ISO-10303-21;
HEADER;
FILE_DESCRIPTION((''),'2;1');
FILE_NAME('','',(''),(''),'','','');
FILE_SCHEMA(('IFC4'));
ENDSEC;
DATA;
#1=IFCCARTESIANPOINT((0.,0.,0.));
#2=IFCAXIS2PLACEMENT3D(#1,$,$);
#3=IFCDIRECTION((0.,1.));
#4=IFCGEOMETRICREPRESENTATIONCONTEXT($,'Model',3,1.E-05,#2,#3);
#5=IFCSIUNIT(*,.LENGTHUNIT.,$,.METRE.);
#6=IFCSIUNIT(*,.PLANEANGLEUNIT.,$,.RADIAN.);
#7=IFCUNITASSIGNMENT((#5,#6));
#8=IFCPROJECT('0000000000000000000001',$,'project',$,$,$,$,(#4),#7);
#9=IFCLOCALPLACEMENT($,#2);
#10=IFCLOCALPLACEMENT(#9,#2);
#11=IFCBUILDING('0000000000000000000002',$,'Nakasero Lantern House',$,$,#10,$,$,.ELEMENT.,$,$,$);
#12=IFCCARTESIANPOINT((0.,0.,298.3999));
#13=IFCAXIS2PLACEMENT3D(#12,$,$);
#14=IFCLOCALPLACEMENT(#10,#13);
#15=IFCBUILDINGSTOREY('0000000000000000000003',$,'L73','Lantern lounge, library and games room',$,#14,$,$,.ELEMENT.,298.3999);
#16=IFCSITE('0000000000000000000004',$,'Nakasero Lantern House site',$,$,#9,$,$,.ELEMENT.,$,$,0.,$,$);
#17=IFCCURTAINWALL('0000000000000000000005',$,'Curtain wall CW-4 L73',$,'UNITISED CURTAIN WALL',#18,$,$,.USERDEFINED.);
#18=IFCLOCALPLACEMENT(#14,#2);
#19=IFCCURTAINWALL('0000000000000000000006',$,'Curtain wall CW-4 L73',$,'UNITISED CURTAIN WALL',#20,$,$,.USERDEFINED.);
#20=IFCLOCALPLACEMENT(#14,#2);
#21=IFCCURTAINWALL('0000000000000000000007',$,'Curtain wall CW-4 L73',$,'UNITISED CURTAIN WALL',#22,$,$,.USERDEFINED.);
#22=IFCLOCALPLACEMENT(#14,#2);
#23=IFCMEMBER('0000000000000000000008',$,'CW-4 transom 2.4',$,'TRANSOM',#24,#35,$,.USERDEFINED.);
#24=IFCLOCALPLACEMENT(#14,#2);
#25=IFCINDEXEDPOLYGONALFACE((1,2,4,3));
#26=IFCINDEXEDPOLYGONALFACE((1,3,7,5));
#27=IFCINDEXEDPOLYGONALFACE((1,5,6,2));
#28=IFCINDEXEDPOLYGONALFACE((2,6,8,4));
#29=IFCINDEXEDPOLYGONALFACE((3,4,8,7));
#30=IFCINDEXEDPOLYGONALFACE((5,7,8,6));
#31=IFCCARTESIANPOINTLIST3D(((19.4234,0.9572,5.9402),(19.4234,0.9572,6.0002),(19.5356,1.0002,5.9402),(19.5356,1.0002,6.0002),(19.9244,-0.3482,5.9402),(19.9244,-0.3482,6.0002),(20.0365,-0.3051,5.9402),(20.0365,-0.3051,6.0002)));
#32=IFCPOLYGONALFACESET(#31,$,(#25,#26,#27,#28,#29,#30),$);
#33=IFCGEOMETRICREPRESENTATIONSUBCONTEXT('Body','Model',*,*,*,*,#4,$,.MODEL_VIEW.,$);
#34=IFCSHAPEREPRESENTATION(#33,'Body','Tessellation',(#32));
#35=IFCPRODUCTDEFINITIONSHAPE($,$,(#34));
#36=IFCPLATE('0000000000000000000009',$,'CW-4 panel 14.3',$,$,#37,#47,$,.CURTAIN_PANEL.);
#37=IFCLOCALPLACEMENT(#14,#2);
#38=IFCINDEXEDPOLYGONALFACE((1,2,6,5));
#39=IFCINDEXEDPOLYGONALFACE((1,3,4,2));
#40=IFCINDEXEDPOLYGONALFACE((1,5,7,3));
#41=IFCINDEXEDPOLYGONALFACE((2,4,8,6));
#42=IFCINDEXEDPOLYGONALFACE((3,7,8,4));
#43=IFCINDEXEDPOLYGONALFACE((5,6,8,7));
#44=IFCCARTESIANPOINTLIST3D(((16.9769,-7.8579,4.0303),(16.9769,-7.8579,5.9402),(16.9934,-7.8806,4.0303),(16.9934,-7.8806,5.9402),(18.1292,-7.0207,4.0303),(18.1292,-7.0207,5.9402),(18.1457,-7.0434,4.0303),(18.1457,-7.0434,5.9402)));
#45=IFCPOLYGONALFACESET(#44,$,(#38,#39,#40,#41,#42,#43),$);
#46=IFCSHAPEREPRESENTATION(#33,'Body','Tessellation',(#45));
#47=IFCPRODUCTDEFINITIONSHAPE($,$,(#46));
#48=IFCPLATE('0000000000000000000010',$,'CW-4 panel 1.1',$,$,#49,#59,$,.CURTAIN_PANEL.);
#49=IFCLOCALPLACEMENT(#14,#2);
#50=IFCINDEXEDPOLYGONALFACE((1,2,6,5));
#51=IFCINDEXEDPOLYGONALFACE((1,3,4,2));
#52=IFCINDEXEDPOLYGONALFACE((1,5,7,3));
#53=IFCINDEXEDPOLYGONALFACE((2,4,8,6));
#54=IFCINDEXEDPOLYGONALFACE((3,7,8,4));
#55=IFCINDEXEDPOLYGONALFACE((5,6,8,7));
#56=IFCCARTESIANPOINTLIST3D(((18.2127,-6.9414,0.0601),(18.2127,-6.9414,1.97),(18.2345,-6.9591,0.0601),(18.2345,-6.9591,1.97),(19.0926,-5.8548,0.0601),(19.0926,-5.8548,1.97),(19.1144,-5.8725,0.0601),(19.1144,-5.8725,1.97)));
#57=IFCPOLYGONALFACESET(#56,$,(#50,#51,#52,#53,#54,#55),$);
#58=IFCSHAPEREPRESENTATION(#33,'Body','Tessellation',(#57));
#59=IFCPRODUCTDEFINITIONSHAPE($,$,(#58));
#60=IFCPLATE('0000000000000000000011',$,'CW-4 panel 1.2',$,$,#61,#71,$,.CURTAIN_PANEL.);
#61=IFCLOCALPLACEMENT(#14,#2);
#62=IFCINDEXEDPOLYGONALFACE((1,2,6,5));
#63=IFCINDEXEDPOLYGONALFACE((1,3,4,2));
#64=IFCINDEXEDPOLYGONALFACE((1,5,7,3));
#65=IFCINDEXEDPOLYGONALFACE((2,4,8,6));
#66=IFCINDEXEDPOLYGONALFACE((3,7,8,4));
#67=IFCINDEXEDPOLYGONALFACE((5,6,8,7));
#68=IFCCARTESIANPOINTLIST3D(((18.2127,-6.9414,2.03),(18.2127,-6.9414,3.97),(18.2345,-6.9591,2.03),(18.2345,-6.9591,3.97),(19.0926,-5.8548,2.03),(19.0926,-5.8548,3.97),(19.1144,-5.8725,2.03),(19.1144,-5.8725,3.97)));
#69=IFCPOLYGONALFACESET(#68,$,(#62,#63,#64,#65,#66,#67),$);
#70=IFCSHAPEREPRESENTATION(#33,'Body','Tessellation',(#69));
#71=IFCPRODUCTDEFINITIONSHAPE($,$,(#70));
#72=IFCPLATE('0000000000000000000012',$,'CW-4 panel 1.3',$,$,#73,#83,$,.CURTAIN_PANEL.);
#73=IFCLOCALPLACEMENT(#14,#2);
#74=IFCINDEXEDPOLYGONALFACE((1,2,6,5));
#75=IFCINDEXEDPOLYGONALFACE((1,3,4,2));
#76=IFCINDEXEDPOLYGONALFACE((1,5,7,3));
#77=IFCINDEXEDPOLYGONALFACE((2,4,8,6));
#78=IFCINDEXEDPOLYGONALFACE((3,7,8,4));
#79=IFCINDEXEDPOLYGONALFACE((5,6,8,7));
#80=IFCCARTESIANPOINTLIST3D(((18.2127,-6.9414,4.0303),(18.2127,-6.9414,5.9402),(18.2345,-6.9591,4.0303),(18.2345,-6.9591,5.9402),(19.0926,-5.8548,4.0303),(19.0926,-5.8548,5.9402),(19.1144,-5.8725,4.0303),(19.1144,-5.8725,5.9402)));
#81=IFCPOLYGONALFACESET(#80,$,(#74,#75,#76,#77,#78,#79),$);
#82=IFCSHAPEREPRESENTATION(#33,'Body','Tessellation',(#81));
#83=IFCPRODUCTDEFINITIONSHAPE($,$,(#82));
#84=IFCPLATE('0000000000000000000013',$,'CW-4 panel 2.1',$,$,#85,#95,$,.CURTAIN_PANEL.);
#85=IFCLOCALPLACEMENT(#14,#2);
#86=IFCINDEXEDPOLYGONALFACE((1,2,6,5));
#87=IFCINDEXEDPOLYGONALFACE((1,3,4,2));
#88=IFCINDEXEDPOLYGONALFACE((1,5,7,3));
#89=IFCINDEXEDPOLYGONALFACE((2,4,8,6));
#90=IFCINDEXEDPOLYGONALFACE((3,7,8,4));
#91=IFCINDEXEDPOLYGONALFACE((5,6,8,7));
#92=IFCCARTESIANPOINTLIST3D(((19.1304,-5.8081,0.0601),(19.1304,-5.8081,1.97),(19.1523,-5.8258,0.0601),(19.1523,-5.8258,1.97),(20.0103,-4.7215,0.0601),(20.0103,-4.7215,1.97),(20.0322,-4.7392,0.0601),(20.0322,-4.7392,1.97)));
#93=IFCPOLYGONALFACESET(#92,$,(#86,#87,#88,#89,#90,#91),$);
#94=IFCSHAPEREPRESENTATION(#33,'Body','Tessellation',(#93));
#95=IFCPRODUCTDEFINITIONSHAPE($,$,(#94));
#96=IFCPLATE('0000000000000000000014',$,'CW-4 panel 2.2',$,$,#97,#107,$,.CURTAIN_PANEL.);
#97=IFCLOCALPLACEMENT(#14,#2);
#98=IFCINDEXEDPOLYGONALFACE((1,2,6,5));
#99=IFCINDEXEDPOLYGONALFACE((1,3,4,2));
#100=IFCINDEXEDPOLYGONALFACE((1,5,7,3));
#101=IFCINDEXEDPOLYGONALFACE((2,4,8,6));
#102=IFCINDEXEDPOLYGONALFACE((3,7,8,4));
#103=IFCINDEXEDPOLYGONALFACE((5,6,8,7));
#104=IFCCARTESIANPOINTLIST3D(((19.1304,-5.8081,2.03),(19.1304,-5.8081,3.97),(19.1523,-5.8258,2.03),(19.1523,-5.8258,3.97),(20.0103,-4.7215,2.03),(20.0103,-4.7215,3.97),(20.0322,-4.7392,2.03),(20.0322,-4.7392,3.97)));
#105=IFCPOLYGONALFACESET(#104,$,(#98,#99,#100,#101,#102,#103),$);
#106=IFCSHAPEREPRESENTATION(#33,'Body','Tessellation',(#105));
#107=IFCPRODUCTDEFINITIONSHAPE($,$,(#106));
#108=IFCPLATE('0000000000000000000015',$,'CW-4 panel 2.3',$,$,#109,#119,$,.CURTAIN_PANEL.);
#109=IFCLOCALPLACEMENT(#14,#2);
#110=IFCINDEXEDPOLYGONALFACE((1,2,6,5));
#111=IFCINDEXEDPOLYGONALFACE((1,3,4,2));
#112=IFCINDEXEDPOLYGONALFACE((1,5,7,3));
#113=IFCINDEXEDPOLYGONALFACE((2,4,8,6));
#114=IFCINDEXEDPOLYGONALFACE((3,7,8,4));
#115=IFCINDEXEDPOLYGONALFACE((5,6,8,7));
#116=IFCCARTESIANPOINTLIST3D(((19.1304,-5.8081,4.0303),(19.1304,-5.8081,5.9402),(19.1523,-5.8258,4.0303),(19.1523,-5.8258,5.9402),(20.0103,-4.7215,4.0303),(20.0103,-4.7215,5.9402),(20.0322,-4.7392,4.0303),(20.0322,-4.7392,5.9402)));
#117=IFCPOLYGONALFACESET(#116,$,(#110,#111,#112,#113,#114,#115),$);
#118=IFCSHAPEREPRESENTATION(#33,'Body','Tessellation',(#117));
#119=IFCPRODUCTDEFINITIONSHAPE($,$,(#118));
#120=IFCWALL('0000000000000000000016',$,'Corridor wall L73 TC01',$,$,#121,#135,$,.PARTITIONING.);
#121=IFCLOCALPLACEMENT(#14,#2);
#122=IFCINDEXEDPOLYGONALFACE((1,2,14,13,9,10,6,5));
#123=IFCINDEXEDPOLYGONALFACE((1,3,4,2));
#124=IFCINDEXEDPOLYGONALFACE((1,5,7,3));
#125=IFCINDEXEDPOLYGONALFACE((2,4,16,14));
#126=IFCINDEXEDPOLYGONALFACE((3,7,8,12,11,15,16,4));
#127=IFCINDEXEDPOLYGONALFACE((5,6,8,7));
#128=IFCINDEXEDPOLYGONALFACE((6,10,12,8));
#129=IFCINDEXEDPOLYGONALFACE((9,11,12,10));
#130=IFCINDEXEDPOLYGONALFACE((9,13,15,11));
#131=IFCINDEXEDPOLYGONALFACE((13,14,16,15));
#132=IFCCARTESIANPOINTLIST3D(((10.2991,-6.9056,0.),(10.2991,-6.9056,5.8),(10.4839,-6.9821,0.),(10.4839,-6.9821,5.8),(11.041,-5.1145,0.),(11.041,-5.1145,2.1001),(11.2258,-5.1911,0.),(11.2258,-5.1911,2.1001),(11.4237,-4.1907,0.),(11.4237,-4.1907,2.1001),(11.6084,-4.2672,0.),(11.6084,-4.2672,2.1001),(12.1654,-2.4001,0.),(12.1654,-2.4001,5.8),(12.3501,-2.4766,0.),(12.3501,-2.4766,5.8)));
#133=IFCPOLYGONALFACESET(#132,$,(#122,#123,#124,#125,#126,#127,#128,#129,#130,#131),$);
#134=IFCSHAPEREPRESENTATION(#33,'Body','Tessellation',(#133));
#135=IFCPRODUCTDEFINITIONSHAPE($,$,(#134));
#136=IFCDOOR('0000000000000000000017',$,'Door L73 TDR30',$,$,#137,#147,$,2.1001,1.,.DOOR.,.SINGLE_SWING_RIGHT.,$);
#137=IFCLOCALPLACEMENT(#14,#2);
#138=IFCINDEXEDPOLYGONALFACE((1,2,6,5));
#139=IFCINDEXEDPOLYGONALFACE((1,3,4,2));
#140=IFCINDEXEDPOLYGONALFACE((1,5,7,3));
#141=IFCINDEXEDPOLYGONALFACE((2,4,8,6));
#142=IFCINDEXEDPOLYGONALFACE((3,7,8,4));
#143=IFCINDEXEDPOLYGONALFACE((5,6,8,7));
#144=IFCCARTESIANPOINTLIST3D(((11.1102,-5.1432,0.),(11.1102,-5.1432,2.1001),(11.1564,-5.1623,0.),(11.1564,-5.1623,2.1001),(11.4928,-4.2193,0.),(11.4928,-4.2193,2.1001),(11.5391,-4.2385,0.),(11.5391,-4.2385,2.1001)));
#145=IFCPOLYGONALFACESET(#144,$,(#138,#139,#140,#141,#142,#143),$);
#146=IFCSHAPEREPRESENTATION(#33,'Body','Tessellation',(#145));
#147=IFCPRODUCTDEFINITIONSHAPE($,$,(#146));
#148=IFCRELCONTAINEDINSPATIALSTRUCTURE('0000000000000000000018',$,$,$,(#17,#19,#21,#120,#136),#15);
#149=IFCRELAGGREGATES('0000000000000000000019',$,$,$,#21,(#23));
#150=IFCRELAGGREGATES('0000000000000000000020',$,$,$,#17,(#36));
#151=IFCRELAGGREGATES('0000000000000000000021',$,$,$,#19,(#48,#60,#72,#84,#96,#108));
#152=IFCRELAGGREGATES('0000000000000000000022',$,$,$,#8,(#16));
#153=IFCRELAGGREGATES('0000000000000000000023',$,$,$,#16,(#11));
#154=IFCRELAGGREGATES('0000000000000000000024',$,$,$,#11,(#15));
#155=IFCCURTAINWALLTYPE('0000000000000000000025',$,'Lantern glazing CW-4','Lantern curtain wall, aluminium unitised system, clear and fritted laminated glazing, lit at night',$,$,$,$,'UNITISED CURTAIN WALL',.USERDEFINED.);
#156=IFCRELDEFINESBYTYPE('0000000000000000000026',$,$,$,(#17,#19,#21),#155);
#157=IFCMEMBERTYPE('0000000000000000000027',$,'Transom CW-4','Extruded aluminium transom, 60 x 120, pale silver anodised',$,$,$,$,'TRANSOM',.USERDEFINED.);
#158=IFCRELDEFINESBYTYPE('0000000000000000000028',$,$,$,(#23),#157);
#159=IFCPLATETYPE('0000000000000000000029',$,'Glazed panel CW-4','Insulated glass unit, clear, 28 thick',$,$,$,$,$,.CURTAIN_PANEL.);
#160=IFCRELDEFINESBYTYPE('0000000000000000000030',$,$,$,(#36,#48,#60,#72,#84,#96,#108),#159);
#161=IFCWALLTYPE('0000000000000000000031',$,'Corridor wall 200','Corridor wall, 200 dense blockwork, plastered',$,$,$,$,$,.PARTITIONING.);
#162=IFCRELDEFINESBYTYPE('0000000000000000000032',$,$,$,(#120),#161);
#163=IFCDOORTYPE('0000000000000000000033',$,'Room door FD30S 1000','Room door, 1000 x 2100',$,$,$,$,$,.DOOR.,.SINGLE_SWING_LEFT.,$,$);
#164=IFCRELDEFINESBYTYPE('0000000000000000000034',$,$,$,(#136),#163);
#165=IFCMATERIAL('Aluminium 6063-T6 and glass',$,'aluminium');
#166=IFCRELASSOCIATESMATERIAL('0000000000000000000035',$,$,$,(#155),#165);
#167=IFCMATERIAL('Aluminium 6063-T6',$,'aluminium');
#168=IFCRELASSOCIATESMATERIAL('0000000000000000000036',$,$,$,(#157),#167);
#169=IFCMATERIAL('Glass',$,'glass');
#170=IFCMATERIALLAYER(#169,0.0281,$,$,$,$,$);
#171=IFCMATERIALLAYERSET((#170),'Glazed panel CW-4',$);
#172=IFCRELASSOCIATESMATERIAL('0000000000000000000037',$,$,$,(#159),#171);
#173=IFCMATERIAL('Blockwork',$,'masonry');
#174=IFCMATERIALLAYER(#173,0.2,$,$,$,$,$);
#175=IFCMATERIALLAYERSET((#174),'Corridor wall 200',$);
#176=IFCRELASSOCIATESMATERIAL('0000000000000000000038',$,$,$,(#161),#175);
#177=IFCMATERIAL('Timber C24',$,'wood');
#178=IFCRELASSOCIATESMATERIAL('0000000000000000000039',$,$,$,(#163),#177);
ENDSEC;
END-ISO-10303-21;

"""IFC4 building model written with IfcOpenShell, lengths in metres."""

from ifc_helpers import new_model, si_unit, direction, frame, frame_2d, origin, origin_2d, place, context, subcontext, project, spatial, rectangle, extrude, material, layer, layer_set, material_profile, profile_set, type_object, element, fill, aggregate, save


model = new_model("IFC4")

# Units and contexts
model_context = context("Model", 3, precision=1e-05, world=origin(), true_north=direction((0.0, 1.0)))
body_context = subcontext(model_context, "Body", "Model", "MODEL_VIEW")
ifc_project = project(units=[si_unit("LENGTHUNIT", "METRE"), si_unit("PLANEANGLEUNIT", "RADIAN")], contexts=[model_context])

# Site, building, storey
site_placement = place(None, origin())
site = spatial("IfcSite", under=ifc_project, at=site_placement, Name="Nakasero Lantern House site", CompositionType="ELEMENT", RefElevation=0.0)
building_placement = place(site_placement, origin())
building = spatial("IfcBuilding", under=site, at=building_placement, Name="Nakasero Lantern House", CompositionType="ELEMENT")
storey_placement = place(building_placement, frame((0.0, 0.0, 298.3999)))
storey = spatial("IfcBuildingStorey", under=building, at=storey_placement, Name="L73", Description="Lantern lounge, library and games room", CompositionType="ELEMENT", Elevation=298.3999)

# Curtain wall
ifc_material_1 = material(Name="Aluminium 6063-T6 and glass", Category="aluminium")
curtain_wall_type = type_object("IfcCurtainWallType", Name="Lantern glazing CW-4", Description="Lantern curtain wall, aluminium unitised system, clear and fritted laminated glazing, lit at night", ElementType="UNITISED CURTAIN WALL", PredefinedType="USERDEFINED", material=ifc_material_1)
curtain_wall_1_placement = place(storey_placement, origin())
curtain_wall_1 = element("IfcCurtainWall", 1, at=curtain_wall_1_placement, inside=storey, type_object=curtain_wall_type, Name="Curtain wall CW-4 L73", ObjectType="UNITISED CURTAIN WALL", PredefinedType="USERDEFINED")

# Curtain wall
curtain_wall_2_placement = place(storey_placement, origin())
curtain_wall_2 = element("IfcCurtainWall", 2, at=curtain_wall_2_placement, inside=storey, type_object=curtain_wall_type, Name="Curtain wall CW-4 L73", ObjectType="UNITISED CURTAIN WALL", PredefinedType="USERDEFINED")

# Shared definitions
ifc_material_2 = material(Name="Aluminium 6063-T6", Category="aluminium")
ifc_material_profile_1 = material_profile(ifc_material_2, rectangle(XDim=0.0601, YDim=0.1201, at=origin_2d()), Name="CW-4 transom 60x120")
ifc_profile_set_1 = profile_set([ifc_material_profile_1], Name="Aluminium 6063-T6")
member_type_1 = type_object("IfcMemberType", Name="Transom CW-4", Description="Extruded aluminium transom, 60 x 120, pale silver anodised", ElementType="TRANSOM", PredefinedType="USERDEFINED", material=ifc_profile_set_1)

# Curtain wall, member
curtain_wall_3_placement = place(storey_placement, origin())
curtain_wall_3 = element("IfcCurtainWall", 3, at=curtain_wall_3_placement, inside=storey, type_object=curtain_wall_type, Name="Curtain wall CW-4 L73", ObjectType="UNITISED CURTAIN WALL", PredefinedType="USERDEFINED")
member_1_placement = place(storey_placement, frame((19.9805, -0.3267, 5.9702), z_axis=(-0.358289, 0.933611, 0.0), x_axis=(0.0, 0.0, 1.0)))
member_1 = element("IfcMember", 4, at=member_1_placement, type_object=member_type_1, Name="CW-4 transom 2.4", ObjectType="TRANSOM", PredefinedType="USERDEFINED", context=body_context, shape_type="SweptSolid", body=[
    extrude(rectangle(XDim=0.0601, YDim=0.1201, at=origin_2d()), origin(), (0.0, 0.0, 1.0), 1.3982),
])
aggregate(curtain_wall_3, [member_1])

# Plates
ifc_material_3 = material(Name="Glass", Category="glass")
ifc_layer_1 = layer(ifc_material_3, 0.0281)
ifc_layer_set_1 = layer_set([ifc_layer_1], Name="Glazed panel CW-4")
plate_type = type_object("IfcPlateType", Name="Glazed panel CW-4", Description="Insulated glass unit, clear, 28 thick", PredefinedType="CURTAIN_PANEL", material=ifc_layer_set_1)
plate_1_placement = place(storey_placement, frame((17.5613, -7.4507, 4.0303), z_axis=(0.0, 0.0, 1.0), x_axis=(0.809017, 0.587785, 0.0)))
plate_1 = element("IfcPlate", 5, at=plate_1_placement, type_object=plate_type, Name="CW-4 panel 14.3", PredefinedType="CURTAIN_PANEL", context=body_context, shape_type="SweptSolid", body=[
    extrude(rectangle(XDim=1.4243, YDim=0.0281, at=origin_2d()), origin(), (0.0, 0.0, 1.0), 1.9099),
])
aggregate(curtain_wall_1, [plate_1])
plate_2_placement = place(storey_placement, frame((18.6636, -6.407, 0.0601), z_axis=(0.0, 0.0, 1.0), x_axis=(0.62932, 0.777146, 0.0)))
plate_2 = element("IfcPlate", 6, at=plate_2_placement, type_object=plate_type, Name="CW-4 panel 1.1", PredefinedType="CURTAIN_PANEL", context=body_context, shape_type="SweptSolid", body=[
    extrude(rectangle(XDim=1.3982, YDim=0.0281, at=origin_2d()), origin(), (0.0, 0.0, 1.0), 1.9099),
])
plate_3_placement = place(storey_placement, frame((18.6636, -6.407, 2.03), z_axis=(0.0, 0.0, 1.0), x_axis=(0.62932, 0.777146, 0.0)))
plate_3 = element("IfcPlate", 7, at=plate_3_placement, type_object=plate_type, Name="CW-4 panel 1.2", PredefinedType="CURTAIN_PANEL", context=body_context, shape_type="SweptSolid", body=[
    extrude(rectangle(XDim=1.3982, YDim=0.0281, at=origin_2d()), origin(), (0.0, 0.0, 1.0), 1.9399),
])
plate_4_placement = place(storey_placement, frame((18.6636, -6.407, 4.0303), z_axis=(0.0, 0.0, 1.0), x_axis=(0.62932, 0.777146, 0.0)))
plate_4 = element("IfcPlate", 8, at=plate_4_placement, type_object=plate_type, Name="CW-4 panel 1.3", PredefinedType="CURTAIN_PANEL", context=body_context, shape_type="SweptSolid", body=[
    extrude(rectangle(XDim=1.3982, YDim=0.0281, at=origin_2d()), origin(), (0.0, 0.0, 1.0), 1.9099),
])
plate_5_placement = place(storey_placement, frame((19.5813, -5.2737, 0.0601), z_axis=(0.0, 0.0, 1.0), x_axis=(0.62932, 0.777146, 0.0)))
plate_5 = element("IfcPlate", 9, at=plate_5_placement, type_object=plate_type, Name="CW-4 panel 2.1", PredefinedType="CURTAIN_PANEL", context=body_context, shape_type="SweptSolid", body=[
    extrude(rectangle(XDim=1.3982, YDim=0.0281, at=origin_2d()), origin(), (0.0, 0.0, 1.0), 1.9099),
])
plate_6_placement = place(storey_placement, frame((19.5813, -5.2737, 2.03), z_axis=(0.0, 0.0, 1.0), x_axis=(0.62932, 0.777146, 0.0)))
plate_6 = element("IfcPlate", 10, at=plate_6_placement, type_object=plate_type, Name="CW-4 panel 2.2", PredefinedType="CURTAIN_PANEL", context=body_context, shape_type="SweptSolid", body=[
    extrude(rectangle(XDim=1.3982, YDim=0.0281, at=origin_2d()), origin(), (0.0, 0.0, 1.0), 1.9399),
])
plate_7_placement = place(storey_placement, frame((19.5813, -5.2737, 4.0303), z_axis=(0.0, 0.0, 1.0), x_axis=(0.62932, 0.777146, 0.0)))
plate_7 = element("IfcPlate", 11, at=plate_7_placement, type_object=plate_type, Name="CW-4 panel 2.3", PredefinedType="CURTAIN_PANEL", context=body_context, shape_type="SweptSolid", body=[
    extrude(rectangle(XDim=1.3982, YDim=0.0281, at=origin_2d()), origin(), (0.0, 0.0, 1.0), 1.9099),
])
aggregate(curtain_wall_2, [plate_2, plate_3, plate_4, plate_5, plate_6, plate_7])

# Wall, opening, door
ifc_material_4 = material(Name="Blockwork", Category="masonry")
ifc_layer_2 = layer(ifc_material_4, 0.2)
ifc_layer_set_2 = layer_set([ifc_layer_2], Name="Corridor wall 200")
wall_type = type_object("IfcWallType", Name="Corridor wall 200", Description="Corridor wall, 200 dense blockwork, plastered", PredefinedType="PARTITIONING", material=ifc_layer_set_2)
wall_placement = place(storey_placement, frame((12.2578, -2.4382, 0.0), z_axis=(0.0, 0.0, 1.0), x_axis=(-0.382688, -0.923878, 0.0)))
wall = element("IfcWall", 12, at=wall_placement, inside=storey, type_object=wall_type, Name="Corridor wall L73 TC01", PredefinedType="PARTITIONING", context=body_context, shape_type="SweptSolid", body=[
    extrude(rectangle(XDim=4.8767, YDim=0.2, at=frame_2d((2.4385, 0.0))), origin(), (0.0, 0.0, 1.0), 5.8),
])
opening_placement = place(wall_placement, frame((1.9382, 0.0, 0.0)))
opening = element("IfcOpeningElement", 13, at=opening_placement, cuts=wall, PredefinedType="OPENING", context=body_context, shape_type="SweptSolid", body=[
    extrude(rectangle(XDim=1.0, YDim=2.1001, at=frame_2d((0.5, 1.05))), frame((0.0, 0.1199, 0.0), z_axis=(0.0, -1.0, 0.0), x_axis=(1.0, 0.0, 0.0)), (0.0, 0.0, 1.0), 0.24),
])
ifc_material_5 = material(Name="Timber C24", Category="wood")
door_type = type_object("IfcDoorType", Name="Room door FD30S 1000", Description="Room door, 1000 x 2100", OperationType="SINGLE_SWING_LEFT", PredefinedType="DOOR", material=ifc_material_5)
door_placement = place(opening_placement, origin())
door = element("IfcDoor", 14, at=door_placement, inside=storey, type_object=door_type, Name="Door L73 TDR30", OperationType="SINGLE_SWING_RIGHT", OverallHeight=2.1001, OverallWidth=1.0, PredefinedType="DOOR", context=body_context, shape_type="SweptSolid", body=[
    extrude(rectangle(XDim=1.0, YDim=2.1001, at=frame_2d((0.5, 1.05))), frame((0.0, 0.0249, 0.0), z_axis=(0.0, -1.0, 0.0), x_axis=(1.0, 0.0, 0.0)), (0.0, 0.0, 1.0), 0.05),
])
fill(opening, door)

save(model, "model.ifc")
